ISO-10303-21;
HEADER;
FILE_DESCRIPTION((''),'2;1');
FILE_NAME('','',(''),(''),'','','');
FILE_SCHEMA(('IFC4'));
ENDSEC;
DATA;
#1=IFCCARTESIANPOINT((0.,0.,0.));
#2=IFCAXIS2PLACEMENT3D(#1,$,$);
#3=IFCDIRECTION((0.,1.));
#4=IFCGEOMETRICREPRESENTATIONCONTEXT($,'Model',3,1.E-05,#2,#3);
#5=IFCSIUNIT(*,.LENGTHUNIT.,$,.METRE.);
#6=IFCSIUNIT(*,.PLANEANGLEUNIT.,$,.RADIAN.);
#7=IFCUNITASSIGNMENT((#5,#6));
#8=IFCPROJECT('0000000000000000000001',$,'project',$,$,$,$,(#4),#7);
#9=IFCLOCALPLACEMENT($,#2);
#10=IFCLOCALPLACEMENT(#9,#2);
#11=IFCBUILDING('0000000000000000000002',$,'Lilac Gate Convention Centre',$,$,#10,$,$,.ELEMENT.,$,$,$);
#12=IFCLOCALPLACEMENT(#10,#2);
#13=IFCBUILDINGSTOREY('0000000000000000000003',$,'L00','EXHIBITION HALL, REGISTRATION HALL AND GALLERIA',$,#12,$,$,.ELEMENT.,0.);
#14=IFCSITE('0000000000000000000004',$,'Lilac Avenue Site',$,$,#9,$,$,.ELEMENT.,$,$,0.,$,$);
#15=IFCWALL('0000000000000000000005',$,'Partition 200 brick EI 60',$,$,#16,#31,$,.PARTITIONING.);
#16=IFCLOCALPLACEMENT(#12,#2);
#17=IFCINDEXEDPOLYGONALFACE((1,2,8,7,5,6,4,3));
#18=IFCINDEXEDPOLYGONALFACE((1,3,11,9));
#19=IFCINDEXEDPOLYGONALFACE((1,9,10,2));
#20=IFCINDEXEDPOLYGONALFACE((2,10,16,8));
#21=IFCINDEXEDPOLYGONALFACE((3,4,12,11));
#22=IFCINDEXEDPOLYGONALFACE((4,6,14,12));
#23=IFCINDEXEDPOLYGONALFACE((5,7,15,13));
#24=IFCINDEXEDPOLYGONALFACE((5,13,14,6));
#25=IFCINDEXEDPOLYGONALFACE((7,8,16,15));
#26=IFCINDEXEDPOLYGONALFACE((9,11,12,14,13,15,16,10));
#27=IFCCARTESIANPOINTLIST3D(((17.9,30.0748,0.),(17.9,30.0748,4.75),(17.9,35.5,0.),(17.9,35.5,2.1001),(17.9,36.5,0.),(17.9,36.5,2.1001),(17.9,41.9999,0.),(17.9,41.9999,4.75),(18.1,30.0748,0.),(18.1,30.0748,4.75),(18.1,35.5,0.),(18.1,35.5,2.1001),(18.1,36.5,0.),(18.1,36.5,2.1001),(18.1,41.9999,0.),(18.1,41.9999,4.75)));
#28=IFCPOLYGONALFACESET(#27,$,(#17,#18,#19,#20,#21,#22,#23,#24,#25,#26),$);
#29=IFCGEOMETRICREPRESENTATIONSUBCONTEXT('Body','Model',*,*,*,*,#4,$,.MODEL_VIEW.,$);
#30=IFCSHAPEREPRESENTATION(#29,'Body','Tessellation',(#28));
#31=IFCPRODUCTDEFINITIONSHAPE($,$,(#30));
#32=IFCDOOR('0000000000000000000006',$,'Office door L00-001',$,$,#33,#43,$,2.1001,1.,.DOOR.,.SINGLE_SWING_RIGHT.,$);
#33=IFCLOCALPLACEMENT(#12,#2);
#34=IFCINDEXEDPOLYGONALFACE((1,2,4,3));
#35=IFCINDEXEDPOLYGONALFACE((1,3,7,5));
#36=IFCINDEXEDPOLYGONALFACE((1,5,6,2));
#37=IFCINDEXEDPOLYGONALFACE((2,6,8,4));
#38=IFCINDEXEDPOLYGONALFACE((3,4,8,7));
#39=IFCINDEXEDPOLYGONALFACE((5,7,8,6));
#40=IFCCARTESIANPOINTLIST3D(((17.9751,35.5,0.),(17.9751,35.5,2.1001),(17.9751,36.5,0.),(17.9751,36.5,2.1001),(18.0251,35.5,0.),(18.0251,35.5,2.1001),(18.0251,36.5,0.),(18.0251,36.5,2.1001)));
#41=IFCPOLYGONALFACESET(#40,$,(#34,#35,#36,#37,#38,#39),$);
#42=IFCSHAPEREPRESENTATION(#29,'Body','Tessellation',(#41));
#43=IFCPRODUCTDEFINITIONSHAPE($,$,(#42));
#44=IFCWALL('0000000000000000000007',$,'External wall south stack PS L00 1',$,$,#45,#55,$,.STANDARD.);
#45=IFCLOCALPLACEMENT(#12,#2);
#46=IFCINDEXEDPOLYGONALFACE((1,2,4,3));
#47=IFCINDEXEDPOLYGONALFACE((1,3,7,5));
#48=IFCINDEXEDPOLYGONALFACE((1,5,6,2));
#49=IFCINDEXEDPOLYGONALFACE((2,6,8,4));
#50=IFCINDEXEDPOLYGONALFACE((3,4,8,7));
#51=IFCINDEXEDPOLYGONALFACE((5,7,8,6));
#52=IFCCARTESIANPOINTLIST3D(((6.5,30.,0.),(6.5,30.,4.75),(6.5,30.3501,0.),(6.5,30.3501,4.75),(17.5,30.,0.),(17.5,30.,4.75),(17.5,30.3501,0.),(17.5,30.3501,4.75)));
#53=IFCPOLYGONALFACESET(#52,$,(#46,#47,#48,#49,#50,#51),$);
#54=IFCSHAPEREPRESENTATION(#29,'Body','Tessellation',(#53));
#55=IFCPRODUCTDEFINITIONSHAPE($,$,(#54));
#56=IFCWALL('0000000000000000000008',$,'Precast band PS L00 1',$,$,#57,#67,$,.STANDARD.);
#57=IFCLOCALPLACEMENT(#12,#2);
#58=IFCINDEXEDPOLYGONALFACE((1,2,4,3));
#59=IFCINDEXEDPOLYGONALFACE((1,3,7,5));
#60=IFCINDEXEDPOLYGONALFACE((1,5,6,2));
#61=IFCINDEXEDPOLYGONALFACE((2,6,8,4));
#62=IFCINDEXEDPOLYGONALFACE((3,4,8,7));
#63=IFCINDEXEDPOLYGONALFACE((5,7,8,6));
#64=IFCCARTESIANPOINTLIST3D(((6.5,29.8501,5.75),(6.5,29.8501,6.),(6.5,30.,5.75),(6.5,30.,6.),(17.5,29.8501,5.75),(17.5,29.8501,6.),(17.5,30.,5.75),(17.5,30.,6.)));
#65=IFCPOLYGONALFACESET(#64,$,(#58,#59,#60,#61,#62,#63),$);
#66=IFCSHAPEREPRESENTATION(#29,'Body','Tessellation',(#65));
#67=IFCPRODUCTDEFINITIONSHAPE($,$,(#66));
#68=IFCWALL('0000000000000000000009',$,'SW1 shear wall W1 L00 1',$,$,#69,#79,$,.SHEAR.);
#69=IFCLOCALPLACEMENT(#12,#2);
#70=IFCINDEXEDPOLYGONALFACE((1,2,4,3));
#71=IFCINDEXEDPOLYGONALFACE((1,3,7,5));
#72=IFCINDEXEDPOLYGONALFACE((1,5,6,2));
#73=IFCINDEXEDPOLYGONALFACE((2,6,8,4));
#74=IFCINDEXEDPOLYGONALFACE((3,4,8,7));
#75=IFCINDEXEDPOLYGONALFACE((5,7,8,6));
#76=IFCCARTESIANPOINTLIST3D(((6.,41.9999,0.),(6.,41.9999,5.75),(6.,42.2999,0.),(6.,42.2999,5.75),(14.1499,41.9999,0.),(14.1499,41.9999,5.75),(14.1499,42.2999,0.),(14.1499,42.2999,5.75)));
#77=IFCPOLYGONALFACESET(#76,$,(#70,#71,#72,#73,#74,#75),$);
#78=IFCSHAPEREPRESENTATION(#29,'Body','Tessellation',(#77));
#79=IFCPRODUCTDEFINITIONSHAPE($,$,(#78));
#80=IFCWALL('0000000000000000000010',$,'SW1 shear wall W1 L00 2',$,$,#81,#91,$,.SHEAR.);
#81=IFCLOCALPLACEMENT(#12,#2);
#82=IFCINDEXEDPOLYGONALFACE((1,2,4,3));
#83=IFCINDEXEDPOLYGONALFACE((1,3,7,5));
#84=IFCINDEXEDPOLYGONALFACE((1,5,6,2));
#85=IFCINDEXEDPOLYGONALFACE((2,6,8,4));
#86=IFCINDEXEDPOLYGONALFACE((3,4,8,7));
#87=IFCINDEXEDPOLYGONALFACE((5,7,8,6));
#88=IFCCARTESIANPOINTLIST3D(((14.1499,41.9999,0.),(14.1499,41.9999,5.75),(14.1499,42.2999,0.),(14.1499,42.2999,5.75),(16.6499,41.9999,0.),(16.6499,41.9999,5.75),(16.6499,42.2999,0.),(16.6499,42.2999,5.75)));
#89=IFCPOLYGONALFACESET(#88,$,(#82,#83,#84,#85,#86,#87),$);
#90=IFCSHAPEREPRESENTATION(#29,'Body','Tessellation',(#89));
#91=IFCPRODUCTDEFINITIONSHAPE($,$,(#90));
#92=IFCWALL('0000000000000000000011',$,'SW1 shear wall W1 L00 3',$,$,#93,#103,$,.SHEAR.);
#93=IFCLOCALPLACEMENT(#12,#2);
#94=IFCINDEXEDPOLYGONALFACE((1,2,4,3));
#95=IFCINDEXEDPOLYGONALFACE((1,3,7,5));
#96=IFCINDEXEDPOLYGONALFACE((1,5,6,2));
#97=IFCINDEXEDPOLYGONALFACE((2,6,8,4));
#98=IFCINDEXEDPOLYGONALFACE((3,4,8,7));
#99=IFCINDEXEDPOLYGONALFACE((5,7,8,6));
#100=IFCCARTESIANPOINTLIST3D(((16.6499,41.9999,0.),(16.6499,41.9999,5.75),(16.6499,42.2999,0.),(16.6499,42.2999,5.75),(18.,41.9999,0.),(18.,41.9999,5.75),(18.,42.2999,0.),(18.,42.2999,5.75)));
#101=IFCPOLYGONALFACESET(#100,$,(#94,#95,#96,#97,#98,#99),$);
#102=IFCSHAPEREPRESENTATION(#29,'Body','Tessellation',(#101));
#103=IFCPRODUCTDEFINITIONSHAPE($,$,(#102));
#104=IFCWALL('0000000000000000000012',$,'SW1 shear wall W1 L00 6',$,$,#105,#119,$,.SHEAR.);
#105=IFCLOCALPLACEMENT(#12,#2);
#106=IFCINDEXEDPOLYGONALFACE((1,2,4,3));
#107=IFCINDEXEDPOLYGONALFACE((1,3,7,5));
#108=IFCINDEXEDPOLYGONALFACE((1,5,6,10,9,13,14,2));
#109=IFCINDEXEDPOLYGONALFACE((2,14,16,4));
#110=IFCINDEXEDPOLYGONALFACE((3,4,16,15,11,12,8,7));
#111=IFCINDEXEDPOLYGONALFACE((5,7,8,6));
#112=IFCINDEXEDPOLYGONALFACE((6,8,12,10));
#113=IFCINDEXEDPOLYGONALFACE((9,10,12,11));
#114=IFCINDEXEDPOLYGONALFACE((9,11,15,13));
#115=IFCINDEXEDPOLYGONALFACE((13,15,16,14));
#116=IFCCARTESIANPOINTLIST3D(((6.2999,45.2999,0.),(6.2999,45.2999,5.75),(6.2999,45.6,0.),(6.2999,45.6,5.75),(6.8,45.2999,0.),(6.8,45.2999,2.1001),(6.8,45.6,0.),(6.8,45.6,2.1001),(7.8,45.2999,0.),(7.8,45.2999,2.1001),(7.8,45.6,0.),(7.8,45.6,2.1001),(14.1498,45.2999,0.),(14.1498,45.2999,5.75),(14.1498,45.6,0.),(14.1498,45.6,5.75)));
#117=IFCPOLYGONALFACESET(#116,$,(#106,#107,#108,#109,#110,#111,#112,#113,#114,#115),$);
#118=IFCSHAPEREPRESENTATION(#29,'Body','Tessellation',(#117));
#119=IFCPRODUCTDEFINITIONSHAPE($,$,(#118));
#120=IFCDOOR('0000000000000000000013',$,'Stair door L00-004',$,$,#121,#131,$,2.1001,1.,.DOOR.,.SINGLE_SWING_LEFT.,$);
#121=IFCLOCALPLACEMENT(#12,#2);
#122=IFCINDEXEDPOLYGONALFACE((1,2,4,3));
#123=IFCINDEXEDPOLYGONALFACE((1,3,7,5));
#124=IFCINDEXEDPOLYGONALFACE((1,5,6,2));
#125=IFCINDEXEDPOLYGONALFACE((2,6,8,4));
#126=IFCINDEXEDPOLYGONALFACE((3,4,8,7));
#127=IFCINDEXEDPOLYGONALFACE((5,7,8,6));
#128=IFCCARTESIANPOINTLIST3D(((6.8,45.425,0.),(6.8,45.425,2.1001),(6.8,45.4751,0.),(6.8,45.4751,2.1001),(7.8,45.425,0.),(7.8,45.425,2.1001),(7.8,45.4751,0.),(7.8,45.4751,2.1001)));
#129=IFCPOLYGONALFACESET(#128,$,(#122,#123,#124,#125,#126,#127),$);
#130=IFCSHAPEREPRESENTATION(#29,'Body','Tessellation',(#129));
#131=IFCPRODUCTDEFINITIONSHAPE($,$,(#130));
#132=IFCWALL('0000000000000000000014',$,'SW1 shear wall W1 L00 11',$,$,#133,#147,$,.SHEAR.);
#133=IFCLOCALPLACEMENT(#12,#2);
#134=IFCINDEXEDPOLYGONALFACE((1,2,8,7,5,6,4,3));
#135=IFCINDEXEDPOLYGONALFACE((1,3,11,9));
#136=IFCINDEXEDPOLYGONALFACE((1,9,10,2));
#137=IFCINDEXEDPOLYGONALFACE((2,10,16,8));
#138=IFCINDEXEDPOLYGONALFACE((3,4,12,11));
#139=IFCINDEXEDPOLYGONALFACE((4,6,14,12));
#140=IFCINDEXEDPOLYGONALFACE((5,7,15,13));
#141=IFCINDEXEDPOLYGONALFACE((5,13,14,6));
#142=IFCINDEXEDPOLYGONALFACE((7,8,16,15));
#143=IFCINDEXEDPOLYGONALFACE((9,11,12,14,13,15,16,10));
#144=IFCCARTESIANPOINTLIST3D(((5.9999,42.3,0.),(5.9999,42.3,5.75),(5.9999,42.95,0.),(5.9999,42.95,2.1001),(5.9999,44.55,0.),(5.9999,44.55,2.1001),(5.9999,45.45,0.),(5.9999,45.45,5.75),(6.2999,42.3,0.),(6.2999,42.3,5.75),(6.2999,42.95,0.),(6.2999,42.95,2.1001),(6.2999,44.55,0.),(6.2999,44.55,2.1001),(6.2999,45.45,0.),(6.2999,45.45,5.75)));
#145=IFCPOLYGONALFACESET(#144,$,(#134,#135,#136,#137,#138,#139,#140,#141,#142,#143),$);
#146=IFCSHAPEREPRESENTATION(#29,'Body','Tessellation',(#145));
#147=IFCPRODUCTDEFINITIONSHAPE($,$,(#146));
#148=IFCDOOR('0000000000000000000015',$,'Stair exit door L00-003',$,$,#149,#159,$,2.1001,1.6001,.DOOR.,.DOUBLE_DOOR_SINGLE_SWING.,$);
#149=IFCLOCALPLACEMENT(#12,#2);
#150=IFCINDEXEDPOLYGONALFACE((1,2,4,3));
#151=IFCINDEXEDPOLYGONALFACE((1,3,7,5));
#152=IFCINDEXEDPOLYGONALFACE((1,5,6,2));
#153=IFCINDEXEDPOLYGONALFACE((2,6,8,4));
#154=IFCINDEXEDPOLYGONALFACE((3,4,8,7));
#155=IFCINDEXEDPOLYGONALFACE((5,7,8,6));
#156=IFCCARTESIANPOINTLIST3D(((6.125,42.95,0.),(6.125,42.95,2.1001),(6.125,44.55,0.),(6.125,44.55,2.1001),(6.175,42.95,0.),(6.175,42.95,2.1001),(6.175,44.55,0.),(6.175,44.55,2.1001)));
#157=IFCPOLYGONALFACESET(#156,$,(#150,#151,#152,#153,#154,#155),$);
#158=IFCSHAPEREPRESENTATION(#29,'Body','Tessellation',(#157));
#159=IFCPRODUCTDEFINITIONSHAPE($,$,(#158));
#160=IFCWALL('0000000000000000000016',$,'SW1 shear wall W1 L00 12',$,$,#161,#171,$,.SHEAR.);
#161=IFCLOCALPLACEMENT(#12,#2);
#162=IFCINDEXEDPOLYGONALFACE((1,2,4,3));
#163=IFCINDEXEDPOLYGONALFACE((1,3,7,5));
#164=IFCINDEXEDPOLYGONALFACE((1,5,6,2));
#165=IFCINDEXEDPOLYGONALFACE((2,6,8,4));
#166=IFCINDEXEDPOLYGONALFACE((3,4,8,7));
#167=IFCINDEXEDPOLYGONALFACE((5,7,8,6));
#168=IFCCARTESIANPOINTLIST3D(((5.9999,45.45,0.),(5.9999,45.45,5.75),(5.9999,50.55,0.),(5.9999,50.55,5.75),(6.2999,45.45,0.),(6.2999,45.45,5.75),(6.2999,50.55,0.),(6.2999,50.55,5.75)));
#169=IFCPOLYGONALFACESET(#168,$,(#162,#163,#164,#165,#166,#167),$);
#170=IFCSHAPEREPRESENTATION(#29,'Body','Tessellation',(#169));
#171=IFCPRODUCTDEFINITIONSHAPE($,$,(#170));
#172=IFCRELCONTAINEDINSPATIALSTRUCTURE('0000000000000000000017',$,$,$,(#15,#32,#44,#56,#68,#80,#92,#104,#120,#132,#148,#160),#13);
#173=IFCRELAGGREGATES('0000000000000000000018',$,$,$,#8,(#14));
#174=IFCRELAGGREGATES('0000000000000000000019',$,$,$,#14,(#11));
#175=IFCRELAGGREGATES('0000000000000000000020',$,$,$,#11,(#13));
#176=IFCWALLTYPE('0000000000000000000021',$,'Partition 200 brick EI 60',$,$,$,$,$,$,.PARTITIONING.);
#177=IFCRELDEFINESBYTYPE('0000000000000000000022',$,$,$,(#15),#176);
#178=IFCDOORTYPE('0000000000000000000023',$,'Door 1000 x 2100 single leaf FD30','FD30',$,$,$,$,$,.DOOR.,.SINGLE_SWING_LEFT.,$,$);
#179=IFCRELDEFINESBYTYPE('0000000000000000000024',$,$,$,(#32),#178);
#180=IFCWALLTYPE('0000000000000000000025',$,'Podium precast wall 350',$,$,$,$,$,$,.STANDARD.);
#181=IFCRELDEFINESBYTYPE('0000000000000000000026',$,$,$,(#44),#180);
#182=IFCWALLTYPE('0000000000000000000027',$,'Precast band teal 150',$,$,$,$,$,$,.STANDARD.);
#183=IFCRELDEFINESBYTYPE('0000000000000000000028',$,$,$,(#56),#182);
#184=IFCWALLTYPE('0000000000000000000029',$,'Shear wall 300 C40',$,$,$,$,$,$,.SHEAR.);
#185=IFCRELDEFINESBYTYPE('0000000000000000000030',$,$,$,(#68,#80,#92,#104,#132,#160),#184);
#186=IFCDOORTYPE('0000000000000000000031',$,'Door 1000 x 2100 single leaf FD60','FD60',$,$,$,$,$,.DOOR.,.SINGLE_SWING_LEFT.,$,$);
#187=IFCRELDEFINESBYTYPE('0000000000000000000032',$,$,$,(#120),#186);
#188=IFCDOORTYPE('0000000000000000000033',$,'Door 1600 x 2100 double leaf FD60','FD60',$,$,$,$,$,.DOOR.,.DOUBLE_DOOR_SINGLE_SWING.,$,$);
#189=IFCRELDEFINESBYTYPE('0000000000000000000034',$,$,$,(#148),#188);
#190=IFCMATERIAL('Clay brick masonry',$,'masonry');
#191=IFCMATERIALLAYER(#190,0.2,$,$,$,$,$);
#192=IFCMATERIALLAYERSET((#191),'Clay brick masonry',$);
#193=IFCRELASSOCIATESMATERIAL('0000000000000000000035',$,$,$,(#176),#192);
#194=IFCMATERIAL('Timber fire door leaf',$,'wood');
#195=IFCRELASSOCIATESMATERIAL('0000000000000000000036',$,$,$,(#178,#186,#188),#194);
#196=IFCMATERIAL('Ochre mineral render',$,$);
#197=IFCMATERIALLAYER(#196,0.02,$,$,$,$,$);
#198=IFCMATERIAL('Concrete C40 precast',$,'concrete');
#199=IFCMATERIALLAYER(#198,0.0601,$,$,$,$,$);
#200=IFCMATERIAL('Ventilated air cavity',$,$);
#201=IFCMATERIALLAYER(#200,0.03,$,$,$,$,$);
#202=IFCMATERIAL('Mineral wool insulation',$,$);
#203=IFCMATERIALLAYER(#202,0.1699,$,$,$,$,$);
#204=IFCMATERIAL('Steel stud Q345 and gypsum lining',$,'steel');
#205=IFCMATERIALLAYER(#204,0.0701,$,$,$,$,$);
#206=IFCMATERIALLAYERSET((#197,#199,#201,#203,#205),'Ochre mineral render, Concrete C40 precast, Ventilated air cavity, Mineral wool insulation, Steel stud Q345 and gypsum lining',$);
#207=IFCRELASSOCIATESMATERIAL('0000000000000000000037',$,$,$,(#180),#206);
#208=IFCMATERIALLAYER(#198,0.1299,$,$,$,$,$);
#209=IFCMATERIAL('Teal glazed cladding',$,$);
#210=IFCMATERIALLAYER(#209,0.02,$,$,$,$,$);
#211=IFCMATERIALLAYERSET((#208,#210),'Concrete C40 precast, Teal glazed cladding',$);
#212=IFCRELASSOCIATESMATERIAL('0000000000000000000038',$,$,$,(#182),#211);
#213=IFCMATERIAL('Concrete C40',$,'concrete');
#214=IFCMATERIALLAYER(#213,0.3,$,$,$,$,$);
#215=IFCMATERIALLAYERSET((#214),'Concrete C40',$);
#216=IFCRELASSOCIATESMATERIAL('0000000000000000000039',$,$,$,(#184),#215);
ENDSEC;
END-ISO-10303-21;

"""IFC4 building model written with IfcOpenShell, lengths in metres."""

from ifc_helpers import new_model, si_unit, direction, frame, frame_2d, origin, place, context, subcontext, project, spatial, rectangle, extrude, material, layer, layer_set, type_object, element, fill, save


model = new_model("IFC4")

# Units and contexts
model_context = context("Model", 3, precision=1e-05, world=origin(), true_north=direction((0.0, 1.0)))
body_context = subcontext(model_context, "Body", "Model", "MODEL_VIEW")
ifc_project = project(units=[si_unit("LENGTHUNIT", "METRE"), si_unit("PLANEANGLEUNIT", "RADIAN")], contexts=[model_context])

# Site, building, storey
site_placement = place(None, origin())
site = spatial("IfcSite", under=ifc_project, at=site_placement, Name="Lilac Avenue Site", CompositionType="ELEMENT", RefElevation=0.0)
building_placement = place(site_placement, origin())
building = spatial("IfcBuilding", under=site, at=building_placement, Name="Lilac Gate Convention Centre", CompositionType="ELEMENT")
storey_placement = place(building_placement, origin())
storey = spatial("IfcBuildingStorey", under=building, at=storey_placement, Name="L00", Description="EXHIBITION HALL, REGISTRATION HALL AND GALLERIA", CompositionType="ELEMENT", Elevation=0.0)

# Shared definitions
ifc_material_1 = material(Name="Concrete C40", Category="concrete")

# Wall, opening, door
ifc_material_2 = material(Name="Clay brick masonry", Category="masonry")
ifc_layer_1 = layer(ifc_material_2, 0.2)
ifc_layer_set_1 = layer_set([ifc_layer_1], Name="Clay brick masonry")
wall_type_1 = type_object("IfcWallType", Name="Partition 200 brick EI 60", PredefinedType="PARTITIONING", material=ifc_layer_set_1)
wall_1_placement = place(storey_placement, frame((18.0, 30.075, 0.0), z_axis=(0.0, 0.0, 1.0), x_axis=(0.0, 1.0, 0.0)))
wall_1 = element("IfcWall", 1, at=wall_1_placement, inside=storey, type_object=wall_type_1, Name="Partition 200 brick EI 60", PredefinedType="PARTITIONING", context=body_context, shape_type="SweptSolid", body=[
    extrude(rectangle(XDim=11.925, YDim=0.2, at=frame_2d((5.9624, 0.0))), origin(), (0.0, 0.0, 1.0), 4.75),
])
opening_1_placement = place(wall_1_placement, frame((5.425, 0.0, 0.0)))
opening_1 = element("IfcOpeningElement", 2, at=opening_1_placement, cuts=wall_1, PredefinedType="OPENING", context=body_context, shape_type="SweptSolid", body=[
    extrude(rectangle(XDim=1.0, YDim=2.1001, at=frame_2d((0.5, 1.05))), frame((0.0, 0.1099, 0.0), z_axis=(0.0, -1.0, 0.0), x_axis=(1.0, 0.0, 0.0)), (0.0, 0.0, 1.0), 0.22),
])
ifc_material_3 = material(Name="Timber fire door leaf", Category="wood")
door_type_1 = type_object("IfcDoorType", Name="Door 1000 x 2100 single leaf FD30", Description="FD30", OperationType="SINGLE_SWING_LEFT", PredefinedType="DOOR", material=ifc_material_3)
door_1_placement = place(opening_1_placement, origin())
door_1 = element("IfcDoor", 3, at=door_1_placement, inside=storey, type_object=door_type_1, Name="Office door L00-001", OperationType="SINGLE_SWING_RIGHT", OverallHeight=2.1001, OverallWidth=1.0, PredefinedType="DOOR", context=body_context, shape_type="SweptSolid", body=[
    extrude(rectangle(XDim=1.0, YDim=2.1001, at=frame_2d((0.5, 1.05))), frame((0.0, 0.0249, 0.0), z_axis=(0.0, -1.0, 0.0), x_axis=(1.0, 0.0, 0.0)), (0.0, 0.0, 1.0), 0.05),
])
fill(opening_1, door_1)

# Shared definitions
ifc_material_4 = material(Name="Ochre mineral render")
ifc_layer_2 = layer(ifc_material_4, 0.02)
ifc_material_5 = material(Name="Concrete C40 precast", Category="concrete")
ifc_layer_3 = layer(ifc_material_5, 0.0601)
ifc_material_6 = material(Name="Ventilated air cavity")
ifc_layer_4 = layer(ifc_material_6, 0.03)
ifc_material_7 = material(Name="Mineral wool insulation")
ifc_layer_5 = layer(ifc_material_7, 0.1699)
ifc_material_8 = material(Name="Steel stud Q345 and gypsum lining", Category="steel")
ifc_layer_6 = layer(ifc_material_8, 0.0701)
ifc_layer_set_2 = layer_set([ifc_layer_2, ifc_layer_3, ifc_layer_4, ifc_layer_5, ifc_layer_6], Name="Ochre mineral render, Concrete C40 precast, Ventilated air cavity, Mineral wool insulation, Steel stud Q345 and gypsum lining")
wall_type_2 = type_object("IfcWallType", Name="Podium precast wall 350", PredefinedType="STANDARD", material=ifc_layer_set_2)

# Walls
wall_2_placement = place(storey_placement, frame((6.5, 30.175, 0.0), z_axis=(0.0, 0.0, 1.0), x_axis=(1.0, 0.0, 0.0)))
element("IfcWall", 4, at=wall_2_placement, inside=storey, type_object=wall_type_2, Name="External wall south stack PS L00 1", PredefinedType="STANDARD", context=body_context, shape_type="SweptSolid", body=[
    extrude(rectangle(XDim=11.0, YDim=0.3501, at=frame_2d((5.5, 0.0))), origin(), (0.0, 0.0, 1.0), 4.75),
])
ifc_layer_7 = layer(ifc_material_5, 0.1299)
ifc_material_9 = material(Name="Teal glazed cladding")
ifc_layer_8 = layer(ifc_material_9, 0.02)
ifc_layer_set_3 = layer_set([ifc_layer_7, ifc_layer_8], Name="Concrete C40 precast, Teal glazed cladding")
wall_type_3 = type_object("IfcWallType", Name="Precast band teal 150", PredefinedType="STANDARD", material=ifc_layer_set_3)
wall_3_placement = place(storey_placement, frame((6.5, 29.925, 5.75), z_axis=(0.0, 0.0, 1.0), x_axis=(1.0, 0.0, 0.0)))
element("IfcWall", 5, at=wall_3_placement, inside=storey, type_object=wall_type_3, Name="Precast band PS L00 1", PredefinedType="STANDARD", context=body_context, shape_type="SweptSolid", body=[
    extrude(rectangle(XDim=11.0, YDim=0.1499, at=frame_2d((5.5, 0.0))), origin(), (0.0, 0.0, 1.0), 0.25),
])
ifc_layer_9 = layer(ifc_material_1, 0.3)
ifc_layer_set_4 = layer_set([ifc_layer_9], Name="Concrete C40")
wall_type_4 = type_object("IfcWallType", Name="Shear wall 300 C40", PredefinedType="SHEAR", material=ifc_layer_set_4)
wall_4_placement = place(storey_placement, frame((6.0, 42.1499, 0.0), z_axis=(0.0, 0.0, 1.0), x_axis=(1.0, 0.0, 0.0)))
element("IfcWall", 6, at=wall_4_placement, inside=storey, type_object=wall_type_4, Name="SW1 shear wall W1 L00 1", PredefinedType="SHEAR", context=body_context, shape_type="SweptSolid", body=[
    extrude(rectangle(XDim=8.1499, YDim=0.3, at=frame_2d((4.075, 0.0))), origin(), (0.0, 0.0, 1.0), 5.75),
])
wall_5_placement = place(storey_placement, frame((14.1499, 42.1499, 0.0), z_axis=(0.0, 0.0, 1.0), x_axis=(1.0, 0.0, 0.0)))
element("IfcWall", 7, at=wall_5_placement, inside=storey, type_object=wall_type_4, Name="SW1 shear wall W1 L00 2", PredefinedType="SHEAR", context=body_context, shape_type="SweptSolid", body=[
    extrude(rectangle(XDim=2.5, YDim=0.3, at=frame_2d((1.25, 0.0))), origin(), (0.0, 0.0, 1.0), 5.75),
])
wall_6_placement = place(storey_placement, frame((16.6499, 42.1499, 0.0), z_axis=(0.0, 0.0, 1.0), x_axis=(1.0, 0.0, 0.0)))
element("IfcWall", 8, at=wall_6_placement, inside=storey, type_object=wall_type_4, Name="SW1 shear wall W1 L00 3", PredefinedType="SHEAR", context=body_context, shape_type="SweptSolid", body=[
    extrude(rectangle(XDim=1.3501, YDim=0.3, at=frame_2d((0.675, 0.0))), origin(), (0.0, 0.0, 1.0), 5.75),
])

# Walls, openings, doors
wall_7_placement = place(storey_placement, frame((6.3, 45.45, 0.0), z_axis=(0.0, 0.0, 1.0), x_axis=(1.0, 0.0, 0.0)))
wall_7 = element("IfcWall", 9, at=wall_7_placement, inside=storey, type_object=wall_type_4, Name="SW1 shear wall W1 L00 6", PredefinedType="SHEAR", context=body_context, shape_type="SweptSolid", body=[
    extrude(rectangle(XDim=7.8499, YDim=0.3, at=frame_2d((3.9248, 0.0))), origin(), (0.0, 0.0, 1.0), 5.75),
])
opening_2_placement = place(wall_7_placement, frame((0.5, 0.0, 0.0)))
opening_2 = element("IfcOpeningElement", 10, at=opening_2_placement, cuts=wall_7, PredefinedType="OPENING", context=body_context, shape_type="SweptSolid", body=[
    extrude(rectangle(XDim=1.0, YDim=2.1001, at=frame_2d((0.5, 1.05))), frame((0.0, 0.1599, 0.0), z_axis=(0.0, -1.0, 0.0), x_axis=(1.0, 0.0, 0.0)), (0.0, 0.0, 1.0), 0.3201),
])
door_type_2 = type_object("IfcDoorType", Name="Door 1000 x 2100 single leaf FD60", Description="FD60", OperationType="SINGLE_SWING_LEFT", PredefinedType="DOOR", material=ifc_material_3)
door_2_placement = place(opening_2_placement, frame((1.0, 0.0, 0.0), z_axis=(0.0, 0.0, 1.0), x_axis=(-1.0, 0.0, 0.0)))
door_2 = element("IfcDoor", 11, at=door_2_placement, inside=storey, type_object=door_type_2, Name="Stair door L00-004", OperationType="SINGLE_SWING_LEFT", OverallHeight=2.1001, OverallWidth=1.0, PredefinedType="DOOR", context=body_context, shape_type="SweptSolid", body=[
    extrude(rectangle(XDim=1.0, YDim=2.1001, at=frame_2d((0.5, 1.05))), frame((0.0, 0.0249, 0.0), z_axis=(0.0, -1.0, 0.0), x_axis=(1.0, 0.0, 0.0)), (0.0, 0.0, 1.0), 0.05),
])
fill(opening_2, door_2)
wall_8_placement = place(storey_placement, frame((6.1499, 42.3, 0.0), z_axis=(0.0, 0.0, 1.0), x_axis=(0.0, 1.0, 0.0)))
wall_8 = element("IfcWall", 12, at=wall_8_placement, inside=storey, type_object=wall_type_4, Name="SW1 shear wall W1 L00 11", PredefinedType="SHEAR", context=body_context, shape_type="SweptSolid", body=[
    extrude(rectangle(XDim=3.1499, YDim=0.3, at=frame_2d((1.575, 0.0))), origin(), (0.0, 0.0, 1.0), 5.75),
])
opening_3_placement = place(wall_8_placement, frame((0.6499, 0.0, 0.0)))
opening_3 = element("IfcOpeningElement", 13, at=opening_3_placement, cuts=wall_8, PredefinedType="OPENING", context=body_context, shape_type="SweptSolid", body=[
    extrude(rectangle(XDim=1.6001, YDim=2.1001, at=frame_2d((0.8, 1.05))), frame((0.0, 0.1599, 0.0), z_axis=(0.0, -1.0, 0.0), x_axis=(1.0, 0.0, 0.0)), (0.0, 0.0, 1.0), 0.3201),
])
door_type_3 = type_object("IfcDoorType", Name="Door 1600 x 2100 double leaf FD60", Description="FD60", OperationType="DOUBLE_DOOR_SINGLE_SWING", PredefinedType="DOOR", material=ifc_material_3)
door_3_placement = place(opening_3_placement, origin())
door_3 = element("IfcDoor", 14, at=door_3_placement, inside=storey, type_object=door_type_3, Name="Stair exit door L00-003", OperationType="DOUBLE_DOOR_SINGLE_SWING", OverallHeight=2.1001, OverallWidth=1.6001, PredefinedType="DOOR", context=body_context, shape_type="SweptSolid", body=[
    extrude(rectangle(XDim=1.6001, YDim=2.1001, at=frame_2d((0.8, 1.05))), frame((0.0, 0.0249, 0.0), z_axis=(0.0, -1.0, 0.0), x_axis=(1.0, 0.0, 0.0)), (0.0, 0.0, 1.0), 0.05),
])
fill(opening_3, door_3)

# Wall
wall_9_placement = place(storey_placement, frame((6.1499, 45.45, 0.0), z_axis=(0.0, 0.0, 1.0), x_axis=(0.0, 1.0, 0.0)))
element("IfcWall", 15, at=wall_9_placement, inside=storey, type_object=wall_type_4, Name="SW1 shear wall W1 L00 12", PredefinedType="SHEAR", context=body_context, shape_type="SweptSolid", body=[
    extrude(rectangle(XDim=5.1001, YDim=0.3, at=frame_2d((2.55, 0.0))), origin(), (0.0, 0.0, 1.0), 5.75),
])

save(model, "model.ifc")
